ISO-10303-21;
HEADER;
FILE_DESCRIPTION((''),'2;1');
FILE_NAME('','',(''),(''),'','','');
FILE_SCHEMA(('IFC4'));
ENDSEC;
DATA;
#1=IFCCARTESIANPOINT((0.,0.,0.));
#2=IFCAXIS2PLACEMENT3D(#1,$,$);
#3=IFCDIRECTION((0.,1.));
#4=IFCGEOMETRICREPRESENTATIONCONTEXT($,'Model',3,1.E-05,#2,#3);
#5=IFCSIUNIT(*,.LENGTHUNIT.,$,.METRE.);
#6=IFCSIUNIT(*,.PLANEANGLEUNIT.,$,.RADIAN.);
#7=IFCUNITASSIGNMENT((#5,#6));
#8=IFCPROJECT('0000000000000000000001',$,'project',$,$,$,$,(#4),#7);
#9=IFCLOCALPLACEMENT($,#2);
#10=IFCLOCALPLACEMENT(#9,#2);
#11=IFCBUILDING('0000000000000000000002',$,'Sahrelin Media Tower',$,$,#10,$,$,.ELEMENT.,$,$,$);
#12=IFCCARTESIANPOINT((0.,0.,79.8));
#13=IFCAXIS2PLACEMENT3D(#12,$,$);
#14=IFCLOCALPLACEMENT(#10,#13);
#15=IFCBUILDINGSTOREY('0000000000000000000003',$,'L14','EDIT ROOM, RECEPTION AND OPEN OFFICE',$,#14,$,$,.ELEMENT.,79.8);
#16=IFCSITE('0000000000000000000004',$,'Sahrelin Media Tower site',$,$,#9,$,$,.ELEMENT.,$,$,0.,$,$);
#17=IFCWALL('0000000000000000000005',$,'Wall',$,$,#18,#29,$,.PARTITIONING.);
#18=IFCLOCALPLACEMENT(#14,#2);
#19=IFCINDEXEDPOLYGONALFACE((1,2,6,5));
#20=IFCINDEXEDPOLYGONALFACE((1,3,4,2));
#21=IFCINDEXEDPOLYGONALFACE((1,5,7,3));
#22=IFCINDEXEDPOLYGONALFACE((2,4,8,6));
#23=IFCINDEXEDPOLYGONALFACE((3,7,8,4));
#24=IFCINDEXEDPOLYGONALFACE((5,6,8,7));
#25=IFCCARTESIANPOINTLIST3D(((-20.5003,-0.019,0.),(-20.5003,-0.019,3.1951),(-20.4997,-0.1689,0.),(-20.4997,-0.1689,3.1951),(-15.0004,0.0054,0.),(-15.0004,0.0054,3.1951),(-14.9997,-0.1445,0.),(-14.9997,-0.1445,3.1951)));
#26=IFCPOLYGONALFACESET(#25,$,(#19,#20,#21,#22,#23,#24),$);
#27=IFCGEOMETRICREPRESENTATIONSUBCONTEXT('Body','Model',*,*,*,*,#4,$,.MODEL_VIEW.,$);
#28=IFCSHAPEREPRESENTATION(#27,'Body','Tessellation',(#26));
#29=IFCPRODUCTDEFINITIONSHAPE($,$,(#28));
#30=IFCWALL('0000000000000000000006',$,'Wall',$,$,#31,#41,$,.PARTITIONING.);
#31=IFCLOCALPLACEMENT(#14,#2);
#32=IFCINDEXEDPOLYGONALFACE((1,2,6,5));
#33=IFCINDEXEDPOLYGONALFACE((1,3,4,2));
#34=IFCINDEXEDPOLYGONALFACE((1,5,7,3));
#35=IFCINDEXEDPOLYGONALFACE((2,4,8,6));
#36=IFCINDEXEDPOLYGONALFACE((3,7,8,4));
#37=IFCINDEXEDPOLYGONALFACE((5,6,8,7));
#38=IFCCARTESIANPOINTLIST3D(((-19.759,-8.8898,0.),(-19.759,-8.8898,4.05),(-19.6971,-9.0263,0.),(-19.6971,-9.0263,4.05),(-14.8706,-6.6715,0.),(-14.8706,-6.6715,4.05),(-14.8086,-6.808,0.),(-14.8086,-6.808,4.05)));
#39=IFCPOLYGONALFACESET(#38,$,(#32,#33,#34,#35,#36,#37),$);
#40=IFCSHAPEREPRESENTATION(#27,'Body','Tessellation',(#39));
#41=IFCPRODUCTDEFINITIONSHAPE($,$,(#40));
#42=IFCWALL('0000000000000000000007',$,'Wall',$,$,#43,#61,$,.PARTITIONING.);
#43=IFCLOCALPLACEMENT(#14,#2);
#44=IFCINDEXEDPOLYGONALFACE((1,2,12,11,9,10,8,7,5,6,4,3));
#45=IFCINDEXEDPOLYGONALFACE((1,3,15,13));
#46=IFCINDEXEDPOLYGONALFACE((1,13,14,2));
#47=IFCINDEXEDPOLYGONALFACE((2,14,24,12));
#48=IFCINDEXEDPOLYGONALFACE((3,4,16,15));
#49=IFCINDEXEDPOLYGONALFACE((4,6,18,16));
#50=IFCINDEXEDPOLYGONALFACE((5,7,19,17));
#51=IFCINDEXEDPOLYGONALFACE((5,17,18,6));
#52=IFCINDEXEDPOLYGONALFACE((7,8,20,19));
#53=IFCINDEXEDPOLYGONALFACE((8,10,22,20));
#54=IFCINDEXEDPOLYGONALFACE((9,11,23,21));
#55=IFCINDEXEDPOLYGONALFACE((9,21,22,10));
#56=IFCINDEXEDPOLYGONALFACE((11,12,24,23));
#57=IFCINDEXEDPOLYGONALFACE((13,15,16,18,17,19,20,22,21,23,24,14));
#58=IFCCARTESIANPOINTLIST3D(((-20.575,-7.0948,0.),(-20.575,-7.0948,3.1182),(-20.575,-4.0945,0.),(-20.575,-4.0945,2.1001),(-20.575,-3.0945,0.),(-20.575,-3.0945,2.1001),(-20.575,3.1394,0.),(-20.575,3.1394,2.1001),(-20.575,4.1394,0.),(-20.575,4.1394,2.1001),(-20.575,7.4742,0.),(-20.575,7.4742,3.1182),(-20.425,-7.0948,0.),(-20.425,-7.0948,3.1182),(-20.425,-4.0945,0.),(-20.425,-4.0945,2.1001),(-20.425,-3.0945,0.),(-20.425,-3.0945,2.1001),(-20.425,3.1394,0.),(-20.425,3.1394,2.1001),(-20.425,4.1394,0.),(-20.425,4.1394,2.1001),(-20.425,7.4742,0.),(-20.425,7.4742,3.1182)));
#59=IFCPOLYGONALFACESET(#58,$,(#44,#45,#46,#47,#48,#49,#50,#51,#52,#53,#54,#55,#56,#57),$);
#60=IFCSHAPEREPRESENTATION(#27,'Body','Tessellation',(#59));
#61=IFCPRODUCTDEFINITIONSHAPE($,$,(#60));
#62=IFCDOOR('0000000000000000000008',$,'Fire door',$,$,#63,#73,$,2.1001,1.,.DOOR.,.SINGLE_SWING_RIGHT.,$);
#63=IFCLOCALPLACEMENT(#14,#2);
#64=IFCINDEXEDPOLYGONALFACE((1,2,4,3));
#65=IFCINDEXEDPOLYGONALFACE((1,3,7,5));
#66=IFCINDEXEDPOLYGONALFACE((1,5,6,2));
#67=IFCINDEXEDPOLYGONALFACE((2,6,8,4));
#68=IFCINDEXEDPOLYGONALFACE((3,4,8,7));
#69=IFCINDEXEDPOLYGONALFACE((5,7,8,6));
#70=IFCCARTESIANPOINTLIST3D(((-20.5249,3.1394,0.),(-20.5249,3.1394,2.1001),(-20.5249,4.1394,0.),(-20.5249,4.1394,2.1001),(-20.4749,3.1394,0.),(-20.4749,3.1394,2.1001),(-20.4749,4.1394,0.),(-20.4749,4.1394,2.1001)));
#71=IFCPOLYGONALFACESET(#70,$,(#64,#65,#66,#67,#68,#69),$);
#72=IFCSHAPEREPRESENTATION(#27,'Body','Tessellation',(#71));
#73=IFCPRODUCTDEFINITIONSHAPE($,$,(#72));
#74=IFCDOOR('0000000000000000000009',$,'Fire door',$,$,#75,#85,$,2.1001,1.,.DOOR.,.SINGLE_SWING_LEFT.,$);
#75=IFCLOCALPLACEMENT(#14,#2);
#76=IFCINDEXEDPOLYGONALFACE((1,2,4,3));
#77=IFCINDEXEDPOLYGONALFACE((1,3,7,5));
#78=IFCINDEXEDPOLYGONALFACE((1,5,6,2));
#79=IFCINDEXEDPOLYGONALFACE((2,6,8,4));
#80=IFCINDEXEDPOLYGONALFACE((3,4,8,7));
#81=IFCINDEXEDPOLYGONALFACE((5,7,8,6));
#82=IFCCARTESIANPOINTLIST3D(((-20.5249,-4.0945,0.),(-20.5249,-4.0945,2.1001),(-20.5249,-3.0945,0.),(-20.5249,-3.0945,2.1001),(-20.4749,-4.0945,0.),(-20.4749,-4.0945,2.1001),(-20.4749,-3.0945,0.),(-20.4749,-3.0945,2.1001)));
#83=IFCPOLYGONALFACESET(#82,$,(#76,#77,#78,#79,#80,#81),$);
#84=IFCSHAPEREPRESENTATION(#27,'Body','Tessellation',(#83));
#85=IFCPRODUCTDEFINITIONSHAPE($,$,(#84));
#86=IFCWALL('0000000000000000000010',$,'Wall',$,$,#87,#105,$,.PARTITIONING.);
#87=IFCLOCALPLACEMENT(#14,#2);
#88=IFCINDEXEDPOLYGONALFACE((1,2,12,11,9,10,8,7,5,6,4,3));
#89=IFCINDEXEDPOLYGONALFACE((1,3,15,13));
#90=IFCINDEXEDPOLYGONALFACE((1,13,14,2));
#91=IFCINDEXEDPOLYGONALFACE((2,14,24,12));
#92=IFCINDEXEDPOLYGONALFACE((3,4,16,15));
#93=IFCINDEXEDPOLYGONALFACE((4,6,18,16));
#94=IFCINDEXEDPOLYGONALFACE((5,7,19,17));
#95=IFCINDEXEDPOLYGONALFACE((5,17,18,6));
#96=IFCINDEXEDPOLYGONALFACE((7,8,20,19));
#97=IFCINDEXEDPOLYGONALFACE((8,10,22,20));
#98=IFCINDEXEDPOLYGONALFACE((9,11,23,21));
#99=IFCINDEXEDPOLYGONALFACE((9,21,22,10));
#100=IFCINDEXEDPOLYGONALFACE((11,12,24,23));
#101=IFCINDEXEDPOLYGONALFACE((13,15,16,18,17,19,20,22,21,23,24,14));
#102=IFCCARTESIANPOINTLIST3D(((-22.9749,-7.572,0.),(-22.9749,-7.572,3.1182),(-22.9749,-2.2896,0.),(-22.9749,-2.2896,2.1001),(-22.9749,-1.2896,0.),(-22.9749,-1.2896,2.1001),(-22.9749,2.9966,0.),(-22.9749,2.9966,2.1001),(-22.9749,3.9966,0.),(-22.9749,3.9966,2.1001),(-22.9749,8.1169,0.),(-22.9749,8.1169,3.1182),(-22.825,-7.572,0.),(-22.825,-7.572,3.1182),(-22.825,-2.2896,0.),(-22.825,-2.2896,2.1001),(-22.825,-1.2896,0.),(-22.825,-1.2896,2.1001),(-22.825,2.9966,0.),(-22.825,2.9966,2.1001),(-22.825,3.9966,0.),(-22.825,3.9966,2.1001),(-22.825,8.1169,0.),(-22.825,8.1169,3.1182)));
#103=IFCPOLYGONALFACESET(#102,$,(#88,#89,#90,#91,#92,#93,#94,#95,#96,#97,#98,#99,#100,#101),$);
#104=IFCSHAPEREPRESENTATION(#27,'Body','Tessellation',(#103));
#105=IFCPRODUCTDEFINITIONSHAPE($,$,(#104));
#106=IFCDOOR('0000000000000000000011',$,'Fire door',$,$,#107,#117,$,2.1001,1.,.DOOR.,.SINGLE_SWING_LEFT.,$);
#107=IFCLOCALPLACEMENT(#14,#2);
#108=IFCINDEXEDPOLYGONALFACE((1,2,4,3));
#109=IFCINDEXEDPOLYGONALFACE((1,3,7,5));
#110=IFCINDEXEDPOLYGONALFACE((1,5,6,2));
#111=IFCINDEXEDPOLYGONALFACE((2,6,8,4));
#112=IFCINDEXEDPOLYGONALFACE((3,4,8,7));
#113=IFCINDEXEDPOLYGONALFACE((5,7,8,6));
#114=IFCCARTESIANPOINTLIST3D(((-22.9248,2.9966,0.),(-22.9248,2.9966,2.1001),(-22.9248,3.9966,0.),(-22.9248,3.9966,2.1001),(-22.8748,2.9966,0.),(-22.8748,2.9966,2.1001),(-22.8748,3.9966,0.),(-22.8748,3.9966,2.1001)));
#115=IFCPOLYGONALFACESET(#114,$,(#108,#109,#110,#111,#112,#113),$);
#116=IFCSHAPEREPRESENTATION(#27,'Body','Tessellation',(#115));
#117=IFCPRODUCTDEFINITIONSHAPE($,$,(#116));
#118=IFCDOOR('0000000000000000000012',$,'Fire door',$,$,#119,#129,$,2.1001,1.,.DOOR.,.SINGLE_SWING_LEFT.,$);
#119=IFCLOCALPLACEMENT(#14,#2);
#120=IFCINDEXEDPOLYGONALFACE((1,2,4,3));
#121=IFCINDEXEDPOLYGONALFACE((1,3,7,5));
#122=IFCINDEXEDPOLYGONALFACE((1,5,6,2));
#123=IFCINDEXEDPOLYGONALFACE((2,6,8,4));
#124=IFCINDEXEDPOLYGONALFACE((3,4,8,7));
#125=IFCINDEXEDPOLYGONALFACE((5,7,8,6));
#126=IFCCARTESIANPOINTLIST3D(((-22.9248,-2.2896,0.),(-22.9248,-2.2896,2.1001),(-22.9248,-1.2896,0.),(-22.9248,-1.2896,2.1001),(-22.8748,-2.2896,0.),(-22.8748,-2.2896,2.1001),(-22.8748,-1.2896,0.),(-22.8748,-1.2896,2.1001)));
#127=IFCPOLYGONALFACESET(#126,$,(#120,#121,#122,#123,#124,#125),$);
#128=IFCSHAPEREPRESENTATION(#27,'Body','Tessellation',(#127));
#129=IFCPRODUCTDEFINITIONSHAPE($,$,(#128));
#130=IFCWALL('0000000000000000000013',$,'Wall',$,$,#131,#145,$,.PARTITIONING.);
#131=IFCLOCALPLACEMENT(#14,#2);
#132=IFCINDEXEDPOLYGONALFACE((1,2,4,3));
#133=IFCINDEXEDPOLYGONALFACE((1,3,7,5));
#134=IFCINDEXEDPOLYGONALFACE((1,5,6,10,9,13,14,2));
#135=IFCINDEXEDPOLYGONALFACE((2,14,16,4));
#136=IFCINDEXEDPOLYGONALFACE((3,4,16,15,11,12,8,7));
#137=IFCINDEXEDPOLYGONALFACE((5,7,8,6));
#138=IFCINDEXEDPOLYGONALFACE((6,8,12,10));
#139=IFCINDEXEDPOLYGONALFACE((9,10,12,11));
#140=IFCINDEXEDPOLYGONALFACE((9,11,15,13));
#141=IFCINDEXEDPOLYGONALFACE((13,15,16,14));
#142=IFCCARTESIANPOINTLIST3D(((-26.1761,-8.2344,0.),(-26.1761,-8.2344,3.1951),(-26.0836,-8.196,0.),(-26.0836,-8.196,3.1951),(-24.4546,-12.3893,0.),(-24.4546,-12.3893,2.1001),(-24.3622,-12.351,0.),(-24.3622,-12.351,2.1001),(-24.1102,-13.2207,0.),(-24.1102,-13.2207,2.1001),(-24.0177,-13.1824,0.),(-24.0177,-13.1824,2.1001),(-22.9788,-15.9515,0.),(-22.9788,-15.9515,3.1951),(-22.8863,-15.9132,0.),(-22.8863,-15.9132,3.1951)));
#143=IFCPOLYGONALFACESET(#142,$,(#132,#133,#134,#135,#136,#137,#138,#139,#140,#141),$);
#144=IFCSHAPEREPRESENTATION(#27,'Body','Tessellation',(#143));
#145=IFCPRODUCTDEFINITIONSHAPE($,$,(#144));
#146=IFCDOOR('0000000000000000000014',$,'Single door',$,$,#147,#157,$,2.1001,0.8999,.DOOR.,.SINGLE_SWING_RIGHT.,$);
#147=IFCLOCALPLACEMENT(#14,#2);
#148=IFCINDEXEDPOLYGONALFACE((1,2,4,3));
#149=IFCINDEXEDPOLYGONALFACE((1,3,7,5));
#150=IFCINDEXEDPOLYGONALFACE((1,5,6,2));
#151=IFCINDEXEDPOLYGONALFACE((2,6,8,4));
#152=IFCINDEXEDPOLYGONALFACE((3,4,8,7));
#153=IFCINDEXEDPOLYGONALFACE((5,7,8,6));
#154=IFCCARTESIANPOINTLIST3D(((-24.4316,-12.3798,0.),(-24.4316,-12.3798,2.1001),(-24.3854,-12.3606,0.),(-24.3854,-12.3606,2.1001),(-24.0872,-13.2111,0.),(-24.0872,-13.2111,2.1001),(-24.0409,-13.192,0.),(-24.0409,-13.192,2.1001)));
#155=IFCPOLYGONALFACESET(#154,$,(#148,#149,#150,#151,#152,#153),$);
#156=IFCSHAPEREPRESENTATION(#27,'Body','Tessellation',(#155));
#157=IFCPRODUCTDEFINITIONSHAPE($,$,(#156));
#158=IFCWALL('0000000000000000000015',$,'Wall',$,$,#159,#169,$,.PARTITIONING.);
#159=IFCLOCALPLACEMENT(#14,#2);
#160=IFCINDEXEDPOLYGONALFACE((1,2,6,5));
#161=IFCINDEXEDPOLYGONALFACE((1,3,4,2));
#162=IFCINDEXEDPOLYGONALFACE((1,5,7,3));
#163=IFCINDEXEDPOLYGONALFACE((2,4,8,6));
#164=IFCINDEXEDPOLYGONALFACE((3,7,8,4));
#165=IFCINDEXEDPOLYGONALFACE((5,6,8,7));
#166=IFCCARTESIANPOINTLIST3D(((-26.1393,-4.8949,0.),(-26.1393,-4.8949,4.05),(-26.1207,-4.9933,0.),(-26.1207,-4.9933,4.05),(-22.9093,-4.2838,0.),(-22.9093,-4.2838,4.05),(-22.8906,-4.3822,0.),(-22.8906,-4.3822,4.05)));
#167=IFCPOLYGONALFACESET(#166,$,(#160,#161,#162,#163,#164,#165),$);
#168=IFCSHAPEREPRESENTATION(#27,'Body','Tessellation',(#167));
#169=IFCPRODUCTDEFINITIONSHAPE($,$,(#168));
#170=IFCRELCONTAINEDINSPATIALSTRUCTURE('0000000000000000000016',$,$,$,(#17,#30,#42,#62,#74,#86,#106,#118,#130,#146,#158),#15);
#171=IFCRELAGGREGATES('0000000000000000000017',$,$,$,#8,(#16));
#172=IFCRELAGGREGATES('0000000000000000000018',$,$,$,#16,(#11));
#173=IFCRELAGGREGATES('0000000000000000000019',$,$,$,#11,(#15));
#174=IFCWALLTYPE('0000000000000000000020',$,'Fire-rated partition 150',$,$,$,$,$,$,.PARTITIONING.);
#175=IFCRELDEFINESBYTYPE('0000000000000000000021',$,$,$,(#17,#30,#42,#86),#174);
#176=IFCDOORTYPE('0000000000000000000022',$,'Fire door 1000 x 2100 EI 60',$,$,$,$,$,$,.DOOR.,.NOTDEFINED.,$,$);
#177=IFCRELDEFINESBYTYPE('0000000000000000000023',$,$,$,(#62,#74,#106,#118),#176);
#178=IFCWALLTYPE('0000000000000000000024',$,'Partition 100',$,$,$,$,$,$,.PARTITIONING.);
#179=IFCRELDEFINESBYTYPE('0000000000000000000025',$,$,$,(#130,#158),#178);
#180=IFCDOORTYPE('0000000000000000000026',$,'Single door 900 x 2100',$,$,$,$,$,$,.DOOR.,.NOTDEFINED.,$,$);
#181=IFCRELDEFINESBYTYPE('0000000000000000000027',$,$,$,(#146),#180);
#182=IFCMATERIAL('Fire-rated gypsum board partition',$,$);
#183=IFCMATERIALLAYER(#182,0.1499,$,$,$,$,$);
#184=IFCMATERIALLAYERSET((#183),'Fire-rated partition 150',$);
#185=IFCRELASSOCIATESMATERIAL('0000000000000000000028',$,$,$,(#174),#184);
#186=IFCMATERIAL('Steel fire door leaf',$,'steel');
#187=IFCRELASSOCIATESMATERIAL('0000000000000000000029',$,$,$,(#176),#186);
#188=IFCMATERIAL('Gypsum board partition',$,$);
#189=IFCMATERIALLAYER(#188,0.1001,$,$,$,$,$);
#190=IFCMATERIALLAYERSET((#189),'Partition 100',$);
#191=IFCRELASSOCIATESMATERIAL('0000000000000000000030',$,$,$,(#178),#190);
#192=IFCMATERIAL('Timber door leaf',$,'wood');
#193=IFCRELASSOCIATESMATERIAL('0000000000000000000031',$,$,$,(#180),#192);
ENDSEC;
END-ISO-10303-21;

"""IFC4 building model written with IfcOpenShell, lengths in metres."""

from ifc_helpers import new_model, si_unit, direction, frame, frame_2d, origin, place, context, subcontext, project, spatial, rectangle, extrude, material, layer, layer_set, type_object, element, fill, save


model = new_model("IFC4")

# Units and contexts
model_context = context("Model", 3, precision=1e-05, world=origin(), true_north=direction((0.0, 1.0)))
body_context = subcontext(model_context, "Body", "Model", "MODEL_VIEW")
ifc_project = project(units=[si_unit("LENGTHUNIT", "METRE"), si_unit("PLANEANGLEUNIT", "RADIAN")], contexts=[model_context])

# Site, building, storey
site_placement = place(None, origin())
site = spatial("IfcSite", under=ifc_project, at=site_placement, Name="Sahrelin Media Tower site", CompositionType="ELEMENT", RefElevation=0.0)
building_placement = place(site_placement, origin())
building = spatial("IfcBuilding", under=site, at=building_placement, Name="Sahrelin Media Tower", CompositionType="ELEMENT")
storey_placement = place(building_placement, frame((0.0, 0.0, 79.8)))
storey = spatial("IfcBuildingStorey", under=building, at=storey_placement, Name="L14", Description="EDIT ROOM, RECEPTION AND OPEN OFFICE", CompositionType="ELEMENT", Elevation=79.8)

# Shared definitions
ifc_material_1 = material(Name="Fire-rated gypsum board partition")
ifc_layer_1 = layer(ifc_material_1, 0.1499)
ifc_layer_set_1 = layer_set([ifc_layer_1], Name="Fire-rated partition 150")
wall_type_1 = type_object("IfcWallType", Name="Fire-rated partition 150", PredefinedType="PARTITIONING", material=ifc_layer_set_1)
ifc_material_2 = material(Name="Steel fire door leaf", Category="steel")
door_type_1 = type_object("IfcDoorType", Name="Fire door 1000 x 2100 EI 60", OperationType="NOTDEFINED", PredefinedType="DOOR", material=ifc_material_2)

# Walls
wall_1_placement = place(storey_placement, frame((-20.5, -0.094, 0.0), z_axis=(0.0, 0.0, 1.0), x_axis=(0.99999, 0.004439, 0.0)))
element("IfcWall", 1, at=wall_1_placement, inside=storey, type_object=wall_type_1, Name="Wall", PredefinedType="PARTITIONING", context=body_context, shape_type="SweptSolid", body=[
    extrude(rectangle(XDim=5.5, YDim=0.1499, at=frame_2d((2.75, 0.0))), origin(), (0.0, 0.0, 1.0), 3.1951),
])
wall_2_placement = place(storey_placement, frame((-19.728, -8.958, 0.0), z_axis=(0.0, 0.0, 1.0), x_axis=(0.91063, 0.413224, 0.0)))
element("IfcWall", 2, at=wall_2_placement, inside=storey, type_object=wall_type_1, Name="Wall", PredefinedType="PARTITIONING", context=body_context, shape_type="SweptSolid", body=[
    extrude(rectangle(XDim=5.3682, YDim=0.1499, at=frame_2d((2.6841, 0.0))), origin(), (0.0, 0.0, 1.0), 4.05),
])

# Walls, openings, doors
wall_3_placement = place(storey_placement, frame((-20.5, -7.095, 0.0), z_axis=(0.0, 0.0, 1.0), x_axis=(0.0, 1.0, 0.0)))
wall_3 = element("IfcWall", 3, at=wall_3_placement, inside=storey, type_object=wall_type_1, Name="Wall", PredefinedType="PARTITIONING", context=body_context, shape_type="SweptSolid", body=[
    extrude(rectangle(XDim=14.5691, YDim=0.1499, at=frame_2d((7.2847, 0.0))), origin(), (0.0, 0.0, 1.0), 3.1182),
])
opening_1_placement = place(wall_3_placement, frame((10.2344, 0.0, 0.0)))
opening_1 = element("IfcOpeningElement", 4, at=opening_1_placement, cuts=wall_3, PredefinedType="OPENING", context=body_context, shape_type="SweptSolid", body=[
    extrude(rectangle(XDim=1.0, YDim=2.1001, at=frame_2d((0.5, 1.05))), frame((0.0, 0.075, 0.0), z_axis=(0.0, -1.0, 0.0), x_axis=(1.0, 0.0, 0.0)), (0.0, 0.0, 1.0), 0.1499),
])
opening_2_placement = place(wall_3_placement, frame((3.0005, 0.0, 0.0)))
opening_2 = element("IfcOpeningElement", 5, at=opening_2_placement, cuts=wall_3, PredefinedType="OPENING", context=body_context, shape_type="SweptSolid", body=[
    extrude(rectangle(XDim=1.0, YDim=2.1001, at=frame_2d((0.5, 1.05))), frame((0.0, 0.075, 0.0), z_axis=(0.0, -1.0, 0.0), x_axis=(1.0, 0.0, 0.0)), (0.0, 0.0, 1.0), 0.1499),
])
door_1_placement = place(opening_1_placement, origin())
door_1 = element("IfcDoor", 6, at=door_1_placement, inside=storey, type_object=door_type_1, Name="Fire door", OperationType="SINGLE_SWING_RIGHT", OverallHeight=2.1001, OverallWidth=1.0, PredefinedType="DOOR", context=body_context, shape_type="SweptSolid", body=[
    extrude(rectangle(XDim=1.0, YDim=2.1001, at=frame_2d((0.5, 1.05))), frame((0.0, 0.0249, 0.0), z_axis=(0.0, -1.0, 0.0), x_axis=(1.0, 0.0, 0.0)), (0.0, 0.0, 1.0), 0.05),
])
fill(opening_1, door_1)
door_2_placement = place(opening_2_placement, origin())
door_2 = element("IfcDoor", 7, at=door_2_placement, inside=storey, type_object=door_type_1, Name="Fire door", OperationType="SINGLE_SWING_LEFT", OverallHeight=2.1001, OverallWidth=1.0, PredefinedType="DOOR", context=body_context, shape_type="SweptSolid", body=[
    extrude(rectangle(XDim=1.0, YDim=2.1001, at=frame_2d((0.5, 1.05))), frame((0.0, 0.0249, 0.0), z_axis=(0.0, -1.0, 0.0), x_axis=(1.0, 0.0, 0.0)), (0.0, 0.0, 1.0), 0.05),
])
fill(opening_2, door_2)
wall_4_placement = place(storey_placement, frame((-22.8999, -7.572, 0.0), z_axis=(0.0, 0.0, 1.0), x_axis=(0.0, 1.0, 0.0)))
wall_4 = element("IfcWall", 8, at=wall_4_placement, inside=storey, type_object=wall_type_1, Name="Wall", PredefinedType="PARTITIONING", context=body_context, shape_type="SweptSolid", body=[
    extrude(rectangle(XDim=15.689, YDim=0.1499, at=frame_2d((7.8445, 0.0))), origin(), (0.0, 0.0, 1.0), 3.1182),
])
opening_3_placement = place(wall_4_placement, frame((10.5686, 0.0, 0.0)))
opening_3 = element("IfcOpeningElement", 9, at=opening_3_placement, cuts=wall_4, PredefinedType="OPENING", context=body_context, shape_type="SweptSolid", body=[
    extrude(rectangle(XDim=1.0, YDim=2.1001, at=frame_2d((0.5, 1.05))), frame((0.0, 0.075, 0.0), z_axis=(0.0, -1.0, 0.0), x_axis=(1.0, 0.0, 0.0)), (0.0, 0.0, 1.0), 0.1499),
])
opening_4_placement = place(wall_4_placement, frame((5.2825, 0.0, 0.0)))
opening_4 = element("IfcOpeningElement", 10, at=opening_4_placement, cuts=wall_4, PredefinedType="OPENING", context=body_context, shape_type="SweptSolid", body=[
    extrude(rectangle(XDim=1.0, YDim=2.1001, at=frame_2d((0.5, 1.05))), frame((0.0, 0.075, 0.0), z_axis=(0.0, -1.0, 0.0), x_axis=(1.0, 0.0, 0.0)), (0.0, 0.0, 1.0), 0.1499),
])
door_3_placement = place(opening_3_placement, origin())
door_3 = element("IfcDoor", 11, at=door_3_placement, inside=storey, type_object=door_type_1, Name="Fire door", OperationType="SINGLE_SWING_LEFT", OverallHeight=2.1001, OverallWidth=1.0, PredefinedType="DOOR", context=body_context, shape_type="SweptSolid", body=[
    extrude(rectangle(XDim=1.0, YDim=2.1001, at=frame_2d((0.5, 1.05))), frame((0.0, 0.0249, 0.0), z_axis=(0.0, -1.0, 0.0), x_axis=(1.0, 0.0, 0.0)), (0.0, 0.0, 1.0), 0.05),
])
fill(opening_3, door_3)
door_4_placement = place(opening_4_placement, origin())
door_4 = element("IfcDoor", 12, at=door_4_placement, inside=storey, type_object=door_type_1, Name="Fire door", OperationType="SINGLE_SWING_LEFT", OverallHeight=2.1001, OverallWidth=1.0, PredefinedType="DOOR", context=body_context, shape_type="SweptSolid", body=[
    extrude(rectangle(XDim=1.0, YDim=2.1001, at=frame_2d((0.5, 1.05))), frame((0.0, 0.0249, 0.0), z_axis=(0.0, -1.0, 0.0), x_axis=(1.0, 0.0, 0.0)), (0.0, 0.0, 1.0), 0.05),
])
fill(opening_4, door_4)

# Wall, opening, door
ifc_material_3 = material(Name="Gypsum board partition")
ifc_layer_2 = layer(ifc_material_3, 0.1001)
ifc_layer_set_2 = layer_set([ifc_layer_2], Name="Partition 100")
wall_type_2 = type_object("IfcWallType", Name="Partition 100", PredefinedType="PARTITIONING", material=ifc_layer_set_2)
wall_5_placement = place(storey_placement, frame((-26.1299, -8.2151, 0.0), z_axis=(0.0, 0.0, 1.0), x_axis=(0.382761, -0.923847, 0.0)))
wall_5 = element("IfcWall", 13, at=wall_5_placement, inside=storey, type_object=wall_type_2, Name="Wall", PredefinedType="PARTITIONING", context=body_context, shape_type="SweptSolid", body=[
    extrude(rectangle(XDim=8.3533, YDim=0.1001, at=frame_2d((4.1768, 0.0))), origin(), (0.0, 0.0, 1.0), 3.1951),
])
opening_5_placement = place(wall_5_placement, frame((4.4976, 0.0, 0.0)))
opening_5 = element("IfcOpeningElement", 14, at=opening_5_placement, cuts=wall_5, PredefinedType="OPENING", context=body_context, shape_type="SweptSolid", body=[
    extrude(rectangle(XDim=0.8999, YDim=2.1001, at=frame_2d((0.45, 1.05))), frame((0.0, 0.05, 0.0), z_axis=(0.0, -1.0, 0.0), x_axis=(1.0, 0.0, 0.0)), (0.0, 0.0, 1.0), 0.1001),
])
ifc_material_4 = material(Name="Timber door leaf", Category="wood")
door_type_2 = type_object("IfcDoorType", Name="Single door 900 x 2100", OperationType="NOTDEFINED", PredefinedType="DOOR", material=ifc_material_4)
door_5_placement = place(opening_5_placement, origin())
door_5 = element("IfcDoor", 15, at=door_5_placement, inside=storey, type_object=door_type_2, Name="Single door", OperationType="SINGLE_SWING_RIGHT", OverallHeight=2.1001, OverallWidth=0.8999, PredefinedType="DOOR", context=body_context, shape_type="SweptSolid", body=[
    extrude(rectangle(XDim=0.8999, YDim=2.1001, at=frame_2d((0.45, 1.05))), frame((0.0, 0.0249, 0.0), z_axis=(0.0, -1.0, 0.0), x_axis=(1.0, 0.0, 0.0)), (0.0, 0.0, 1.0), 0.05),
])
fill(opening_5, door_5)

# Wall
wall_6_placement = place(storey_placement, frame((-26.1299, -4.9441, 0.0), z_axis=(0.0, 0.0, 1.0), x_axis=(0.98257, 0.185894, 0.0)))
element("IfcWall", 16, at=wall_6_placement, inside=storey, type_object=wall_type_2, Name="Wall", PredefinedType="PARTITIONING", context=body_context, shape_type="SweptSolid", body=[
    extrude(rectangle(XDim=3.2874, YDim=0.1001, at=frame_2d((1.6436, 0.0))), origin(), (0.0, 0.0, 1.0), 4.05),
])

save(model, "model.ifc")
